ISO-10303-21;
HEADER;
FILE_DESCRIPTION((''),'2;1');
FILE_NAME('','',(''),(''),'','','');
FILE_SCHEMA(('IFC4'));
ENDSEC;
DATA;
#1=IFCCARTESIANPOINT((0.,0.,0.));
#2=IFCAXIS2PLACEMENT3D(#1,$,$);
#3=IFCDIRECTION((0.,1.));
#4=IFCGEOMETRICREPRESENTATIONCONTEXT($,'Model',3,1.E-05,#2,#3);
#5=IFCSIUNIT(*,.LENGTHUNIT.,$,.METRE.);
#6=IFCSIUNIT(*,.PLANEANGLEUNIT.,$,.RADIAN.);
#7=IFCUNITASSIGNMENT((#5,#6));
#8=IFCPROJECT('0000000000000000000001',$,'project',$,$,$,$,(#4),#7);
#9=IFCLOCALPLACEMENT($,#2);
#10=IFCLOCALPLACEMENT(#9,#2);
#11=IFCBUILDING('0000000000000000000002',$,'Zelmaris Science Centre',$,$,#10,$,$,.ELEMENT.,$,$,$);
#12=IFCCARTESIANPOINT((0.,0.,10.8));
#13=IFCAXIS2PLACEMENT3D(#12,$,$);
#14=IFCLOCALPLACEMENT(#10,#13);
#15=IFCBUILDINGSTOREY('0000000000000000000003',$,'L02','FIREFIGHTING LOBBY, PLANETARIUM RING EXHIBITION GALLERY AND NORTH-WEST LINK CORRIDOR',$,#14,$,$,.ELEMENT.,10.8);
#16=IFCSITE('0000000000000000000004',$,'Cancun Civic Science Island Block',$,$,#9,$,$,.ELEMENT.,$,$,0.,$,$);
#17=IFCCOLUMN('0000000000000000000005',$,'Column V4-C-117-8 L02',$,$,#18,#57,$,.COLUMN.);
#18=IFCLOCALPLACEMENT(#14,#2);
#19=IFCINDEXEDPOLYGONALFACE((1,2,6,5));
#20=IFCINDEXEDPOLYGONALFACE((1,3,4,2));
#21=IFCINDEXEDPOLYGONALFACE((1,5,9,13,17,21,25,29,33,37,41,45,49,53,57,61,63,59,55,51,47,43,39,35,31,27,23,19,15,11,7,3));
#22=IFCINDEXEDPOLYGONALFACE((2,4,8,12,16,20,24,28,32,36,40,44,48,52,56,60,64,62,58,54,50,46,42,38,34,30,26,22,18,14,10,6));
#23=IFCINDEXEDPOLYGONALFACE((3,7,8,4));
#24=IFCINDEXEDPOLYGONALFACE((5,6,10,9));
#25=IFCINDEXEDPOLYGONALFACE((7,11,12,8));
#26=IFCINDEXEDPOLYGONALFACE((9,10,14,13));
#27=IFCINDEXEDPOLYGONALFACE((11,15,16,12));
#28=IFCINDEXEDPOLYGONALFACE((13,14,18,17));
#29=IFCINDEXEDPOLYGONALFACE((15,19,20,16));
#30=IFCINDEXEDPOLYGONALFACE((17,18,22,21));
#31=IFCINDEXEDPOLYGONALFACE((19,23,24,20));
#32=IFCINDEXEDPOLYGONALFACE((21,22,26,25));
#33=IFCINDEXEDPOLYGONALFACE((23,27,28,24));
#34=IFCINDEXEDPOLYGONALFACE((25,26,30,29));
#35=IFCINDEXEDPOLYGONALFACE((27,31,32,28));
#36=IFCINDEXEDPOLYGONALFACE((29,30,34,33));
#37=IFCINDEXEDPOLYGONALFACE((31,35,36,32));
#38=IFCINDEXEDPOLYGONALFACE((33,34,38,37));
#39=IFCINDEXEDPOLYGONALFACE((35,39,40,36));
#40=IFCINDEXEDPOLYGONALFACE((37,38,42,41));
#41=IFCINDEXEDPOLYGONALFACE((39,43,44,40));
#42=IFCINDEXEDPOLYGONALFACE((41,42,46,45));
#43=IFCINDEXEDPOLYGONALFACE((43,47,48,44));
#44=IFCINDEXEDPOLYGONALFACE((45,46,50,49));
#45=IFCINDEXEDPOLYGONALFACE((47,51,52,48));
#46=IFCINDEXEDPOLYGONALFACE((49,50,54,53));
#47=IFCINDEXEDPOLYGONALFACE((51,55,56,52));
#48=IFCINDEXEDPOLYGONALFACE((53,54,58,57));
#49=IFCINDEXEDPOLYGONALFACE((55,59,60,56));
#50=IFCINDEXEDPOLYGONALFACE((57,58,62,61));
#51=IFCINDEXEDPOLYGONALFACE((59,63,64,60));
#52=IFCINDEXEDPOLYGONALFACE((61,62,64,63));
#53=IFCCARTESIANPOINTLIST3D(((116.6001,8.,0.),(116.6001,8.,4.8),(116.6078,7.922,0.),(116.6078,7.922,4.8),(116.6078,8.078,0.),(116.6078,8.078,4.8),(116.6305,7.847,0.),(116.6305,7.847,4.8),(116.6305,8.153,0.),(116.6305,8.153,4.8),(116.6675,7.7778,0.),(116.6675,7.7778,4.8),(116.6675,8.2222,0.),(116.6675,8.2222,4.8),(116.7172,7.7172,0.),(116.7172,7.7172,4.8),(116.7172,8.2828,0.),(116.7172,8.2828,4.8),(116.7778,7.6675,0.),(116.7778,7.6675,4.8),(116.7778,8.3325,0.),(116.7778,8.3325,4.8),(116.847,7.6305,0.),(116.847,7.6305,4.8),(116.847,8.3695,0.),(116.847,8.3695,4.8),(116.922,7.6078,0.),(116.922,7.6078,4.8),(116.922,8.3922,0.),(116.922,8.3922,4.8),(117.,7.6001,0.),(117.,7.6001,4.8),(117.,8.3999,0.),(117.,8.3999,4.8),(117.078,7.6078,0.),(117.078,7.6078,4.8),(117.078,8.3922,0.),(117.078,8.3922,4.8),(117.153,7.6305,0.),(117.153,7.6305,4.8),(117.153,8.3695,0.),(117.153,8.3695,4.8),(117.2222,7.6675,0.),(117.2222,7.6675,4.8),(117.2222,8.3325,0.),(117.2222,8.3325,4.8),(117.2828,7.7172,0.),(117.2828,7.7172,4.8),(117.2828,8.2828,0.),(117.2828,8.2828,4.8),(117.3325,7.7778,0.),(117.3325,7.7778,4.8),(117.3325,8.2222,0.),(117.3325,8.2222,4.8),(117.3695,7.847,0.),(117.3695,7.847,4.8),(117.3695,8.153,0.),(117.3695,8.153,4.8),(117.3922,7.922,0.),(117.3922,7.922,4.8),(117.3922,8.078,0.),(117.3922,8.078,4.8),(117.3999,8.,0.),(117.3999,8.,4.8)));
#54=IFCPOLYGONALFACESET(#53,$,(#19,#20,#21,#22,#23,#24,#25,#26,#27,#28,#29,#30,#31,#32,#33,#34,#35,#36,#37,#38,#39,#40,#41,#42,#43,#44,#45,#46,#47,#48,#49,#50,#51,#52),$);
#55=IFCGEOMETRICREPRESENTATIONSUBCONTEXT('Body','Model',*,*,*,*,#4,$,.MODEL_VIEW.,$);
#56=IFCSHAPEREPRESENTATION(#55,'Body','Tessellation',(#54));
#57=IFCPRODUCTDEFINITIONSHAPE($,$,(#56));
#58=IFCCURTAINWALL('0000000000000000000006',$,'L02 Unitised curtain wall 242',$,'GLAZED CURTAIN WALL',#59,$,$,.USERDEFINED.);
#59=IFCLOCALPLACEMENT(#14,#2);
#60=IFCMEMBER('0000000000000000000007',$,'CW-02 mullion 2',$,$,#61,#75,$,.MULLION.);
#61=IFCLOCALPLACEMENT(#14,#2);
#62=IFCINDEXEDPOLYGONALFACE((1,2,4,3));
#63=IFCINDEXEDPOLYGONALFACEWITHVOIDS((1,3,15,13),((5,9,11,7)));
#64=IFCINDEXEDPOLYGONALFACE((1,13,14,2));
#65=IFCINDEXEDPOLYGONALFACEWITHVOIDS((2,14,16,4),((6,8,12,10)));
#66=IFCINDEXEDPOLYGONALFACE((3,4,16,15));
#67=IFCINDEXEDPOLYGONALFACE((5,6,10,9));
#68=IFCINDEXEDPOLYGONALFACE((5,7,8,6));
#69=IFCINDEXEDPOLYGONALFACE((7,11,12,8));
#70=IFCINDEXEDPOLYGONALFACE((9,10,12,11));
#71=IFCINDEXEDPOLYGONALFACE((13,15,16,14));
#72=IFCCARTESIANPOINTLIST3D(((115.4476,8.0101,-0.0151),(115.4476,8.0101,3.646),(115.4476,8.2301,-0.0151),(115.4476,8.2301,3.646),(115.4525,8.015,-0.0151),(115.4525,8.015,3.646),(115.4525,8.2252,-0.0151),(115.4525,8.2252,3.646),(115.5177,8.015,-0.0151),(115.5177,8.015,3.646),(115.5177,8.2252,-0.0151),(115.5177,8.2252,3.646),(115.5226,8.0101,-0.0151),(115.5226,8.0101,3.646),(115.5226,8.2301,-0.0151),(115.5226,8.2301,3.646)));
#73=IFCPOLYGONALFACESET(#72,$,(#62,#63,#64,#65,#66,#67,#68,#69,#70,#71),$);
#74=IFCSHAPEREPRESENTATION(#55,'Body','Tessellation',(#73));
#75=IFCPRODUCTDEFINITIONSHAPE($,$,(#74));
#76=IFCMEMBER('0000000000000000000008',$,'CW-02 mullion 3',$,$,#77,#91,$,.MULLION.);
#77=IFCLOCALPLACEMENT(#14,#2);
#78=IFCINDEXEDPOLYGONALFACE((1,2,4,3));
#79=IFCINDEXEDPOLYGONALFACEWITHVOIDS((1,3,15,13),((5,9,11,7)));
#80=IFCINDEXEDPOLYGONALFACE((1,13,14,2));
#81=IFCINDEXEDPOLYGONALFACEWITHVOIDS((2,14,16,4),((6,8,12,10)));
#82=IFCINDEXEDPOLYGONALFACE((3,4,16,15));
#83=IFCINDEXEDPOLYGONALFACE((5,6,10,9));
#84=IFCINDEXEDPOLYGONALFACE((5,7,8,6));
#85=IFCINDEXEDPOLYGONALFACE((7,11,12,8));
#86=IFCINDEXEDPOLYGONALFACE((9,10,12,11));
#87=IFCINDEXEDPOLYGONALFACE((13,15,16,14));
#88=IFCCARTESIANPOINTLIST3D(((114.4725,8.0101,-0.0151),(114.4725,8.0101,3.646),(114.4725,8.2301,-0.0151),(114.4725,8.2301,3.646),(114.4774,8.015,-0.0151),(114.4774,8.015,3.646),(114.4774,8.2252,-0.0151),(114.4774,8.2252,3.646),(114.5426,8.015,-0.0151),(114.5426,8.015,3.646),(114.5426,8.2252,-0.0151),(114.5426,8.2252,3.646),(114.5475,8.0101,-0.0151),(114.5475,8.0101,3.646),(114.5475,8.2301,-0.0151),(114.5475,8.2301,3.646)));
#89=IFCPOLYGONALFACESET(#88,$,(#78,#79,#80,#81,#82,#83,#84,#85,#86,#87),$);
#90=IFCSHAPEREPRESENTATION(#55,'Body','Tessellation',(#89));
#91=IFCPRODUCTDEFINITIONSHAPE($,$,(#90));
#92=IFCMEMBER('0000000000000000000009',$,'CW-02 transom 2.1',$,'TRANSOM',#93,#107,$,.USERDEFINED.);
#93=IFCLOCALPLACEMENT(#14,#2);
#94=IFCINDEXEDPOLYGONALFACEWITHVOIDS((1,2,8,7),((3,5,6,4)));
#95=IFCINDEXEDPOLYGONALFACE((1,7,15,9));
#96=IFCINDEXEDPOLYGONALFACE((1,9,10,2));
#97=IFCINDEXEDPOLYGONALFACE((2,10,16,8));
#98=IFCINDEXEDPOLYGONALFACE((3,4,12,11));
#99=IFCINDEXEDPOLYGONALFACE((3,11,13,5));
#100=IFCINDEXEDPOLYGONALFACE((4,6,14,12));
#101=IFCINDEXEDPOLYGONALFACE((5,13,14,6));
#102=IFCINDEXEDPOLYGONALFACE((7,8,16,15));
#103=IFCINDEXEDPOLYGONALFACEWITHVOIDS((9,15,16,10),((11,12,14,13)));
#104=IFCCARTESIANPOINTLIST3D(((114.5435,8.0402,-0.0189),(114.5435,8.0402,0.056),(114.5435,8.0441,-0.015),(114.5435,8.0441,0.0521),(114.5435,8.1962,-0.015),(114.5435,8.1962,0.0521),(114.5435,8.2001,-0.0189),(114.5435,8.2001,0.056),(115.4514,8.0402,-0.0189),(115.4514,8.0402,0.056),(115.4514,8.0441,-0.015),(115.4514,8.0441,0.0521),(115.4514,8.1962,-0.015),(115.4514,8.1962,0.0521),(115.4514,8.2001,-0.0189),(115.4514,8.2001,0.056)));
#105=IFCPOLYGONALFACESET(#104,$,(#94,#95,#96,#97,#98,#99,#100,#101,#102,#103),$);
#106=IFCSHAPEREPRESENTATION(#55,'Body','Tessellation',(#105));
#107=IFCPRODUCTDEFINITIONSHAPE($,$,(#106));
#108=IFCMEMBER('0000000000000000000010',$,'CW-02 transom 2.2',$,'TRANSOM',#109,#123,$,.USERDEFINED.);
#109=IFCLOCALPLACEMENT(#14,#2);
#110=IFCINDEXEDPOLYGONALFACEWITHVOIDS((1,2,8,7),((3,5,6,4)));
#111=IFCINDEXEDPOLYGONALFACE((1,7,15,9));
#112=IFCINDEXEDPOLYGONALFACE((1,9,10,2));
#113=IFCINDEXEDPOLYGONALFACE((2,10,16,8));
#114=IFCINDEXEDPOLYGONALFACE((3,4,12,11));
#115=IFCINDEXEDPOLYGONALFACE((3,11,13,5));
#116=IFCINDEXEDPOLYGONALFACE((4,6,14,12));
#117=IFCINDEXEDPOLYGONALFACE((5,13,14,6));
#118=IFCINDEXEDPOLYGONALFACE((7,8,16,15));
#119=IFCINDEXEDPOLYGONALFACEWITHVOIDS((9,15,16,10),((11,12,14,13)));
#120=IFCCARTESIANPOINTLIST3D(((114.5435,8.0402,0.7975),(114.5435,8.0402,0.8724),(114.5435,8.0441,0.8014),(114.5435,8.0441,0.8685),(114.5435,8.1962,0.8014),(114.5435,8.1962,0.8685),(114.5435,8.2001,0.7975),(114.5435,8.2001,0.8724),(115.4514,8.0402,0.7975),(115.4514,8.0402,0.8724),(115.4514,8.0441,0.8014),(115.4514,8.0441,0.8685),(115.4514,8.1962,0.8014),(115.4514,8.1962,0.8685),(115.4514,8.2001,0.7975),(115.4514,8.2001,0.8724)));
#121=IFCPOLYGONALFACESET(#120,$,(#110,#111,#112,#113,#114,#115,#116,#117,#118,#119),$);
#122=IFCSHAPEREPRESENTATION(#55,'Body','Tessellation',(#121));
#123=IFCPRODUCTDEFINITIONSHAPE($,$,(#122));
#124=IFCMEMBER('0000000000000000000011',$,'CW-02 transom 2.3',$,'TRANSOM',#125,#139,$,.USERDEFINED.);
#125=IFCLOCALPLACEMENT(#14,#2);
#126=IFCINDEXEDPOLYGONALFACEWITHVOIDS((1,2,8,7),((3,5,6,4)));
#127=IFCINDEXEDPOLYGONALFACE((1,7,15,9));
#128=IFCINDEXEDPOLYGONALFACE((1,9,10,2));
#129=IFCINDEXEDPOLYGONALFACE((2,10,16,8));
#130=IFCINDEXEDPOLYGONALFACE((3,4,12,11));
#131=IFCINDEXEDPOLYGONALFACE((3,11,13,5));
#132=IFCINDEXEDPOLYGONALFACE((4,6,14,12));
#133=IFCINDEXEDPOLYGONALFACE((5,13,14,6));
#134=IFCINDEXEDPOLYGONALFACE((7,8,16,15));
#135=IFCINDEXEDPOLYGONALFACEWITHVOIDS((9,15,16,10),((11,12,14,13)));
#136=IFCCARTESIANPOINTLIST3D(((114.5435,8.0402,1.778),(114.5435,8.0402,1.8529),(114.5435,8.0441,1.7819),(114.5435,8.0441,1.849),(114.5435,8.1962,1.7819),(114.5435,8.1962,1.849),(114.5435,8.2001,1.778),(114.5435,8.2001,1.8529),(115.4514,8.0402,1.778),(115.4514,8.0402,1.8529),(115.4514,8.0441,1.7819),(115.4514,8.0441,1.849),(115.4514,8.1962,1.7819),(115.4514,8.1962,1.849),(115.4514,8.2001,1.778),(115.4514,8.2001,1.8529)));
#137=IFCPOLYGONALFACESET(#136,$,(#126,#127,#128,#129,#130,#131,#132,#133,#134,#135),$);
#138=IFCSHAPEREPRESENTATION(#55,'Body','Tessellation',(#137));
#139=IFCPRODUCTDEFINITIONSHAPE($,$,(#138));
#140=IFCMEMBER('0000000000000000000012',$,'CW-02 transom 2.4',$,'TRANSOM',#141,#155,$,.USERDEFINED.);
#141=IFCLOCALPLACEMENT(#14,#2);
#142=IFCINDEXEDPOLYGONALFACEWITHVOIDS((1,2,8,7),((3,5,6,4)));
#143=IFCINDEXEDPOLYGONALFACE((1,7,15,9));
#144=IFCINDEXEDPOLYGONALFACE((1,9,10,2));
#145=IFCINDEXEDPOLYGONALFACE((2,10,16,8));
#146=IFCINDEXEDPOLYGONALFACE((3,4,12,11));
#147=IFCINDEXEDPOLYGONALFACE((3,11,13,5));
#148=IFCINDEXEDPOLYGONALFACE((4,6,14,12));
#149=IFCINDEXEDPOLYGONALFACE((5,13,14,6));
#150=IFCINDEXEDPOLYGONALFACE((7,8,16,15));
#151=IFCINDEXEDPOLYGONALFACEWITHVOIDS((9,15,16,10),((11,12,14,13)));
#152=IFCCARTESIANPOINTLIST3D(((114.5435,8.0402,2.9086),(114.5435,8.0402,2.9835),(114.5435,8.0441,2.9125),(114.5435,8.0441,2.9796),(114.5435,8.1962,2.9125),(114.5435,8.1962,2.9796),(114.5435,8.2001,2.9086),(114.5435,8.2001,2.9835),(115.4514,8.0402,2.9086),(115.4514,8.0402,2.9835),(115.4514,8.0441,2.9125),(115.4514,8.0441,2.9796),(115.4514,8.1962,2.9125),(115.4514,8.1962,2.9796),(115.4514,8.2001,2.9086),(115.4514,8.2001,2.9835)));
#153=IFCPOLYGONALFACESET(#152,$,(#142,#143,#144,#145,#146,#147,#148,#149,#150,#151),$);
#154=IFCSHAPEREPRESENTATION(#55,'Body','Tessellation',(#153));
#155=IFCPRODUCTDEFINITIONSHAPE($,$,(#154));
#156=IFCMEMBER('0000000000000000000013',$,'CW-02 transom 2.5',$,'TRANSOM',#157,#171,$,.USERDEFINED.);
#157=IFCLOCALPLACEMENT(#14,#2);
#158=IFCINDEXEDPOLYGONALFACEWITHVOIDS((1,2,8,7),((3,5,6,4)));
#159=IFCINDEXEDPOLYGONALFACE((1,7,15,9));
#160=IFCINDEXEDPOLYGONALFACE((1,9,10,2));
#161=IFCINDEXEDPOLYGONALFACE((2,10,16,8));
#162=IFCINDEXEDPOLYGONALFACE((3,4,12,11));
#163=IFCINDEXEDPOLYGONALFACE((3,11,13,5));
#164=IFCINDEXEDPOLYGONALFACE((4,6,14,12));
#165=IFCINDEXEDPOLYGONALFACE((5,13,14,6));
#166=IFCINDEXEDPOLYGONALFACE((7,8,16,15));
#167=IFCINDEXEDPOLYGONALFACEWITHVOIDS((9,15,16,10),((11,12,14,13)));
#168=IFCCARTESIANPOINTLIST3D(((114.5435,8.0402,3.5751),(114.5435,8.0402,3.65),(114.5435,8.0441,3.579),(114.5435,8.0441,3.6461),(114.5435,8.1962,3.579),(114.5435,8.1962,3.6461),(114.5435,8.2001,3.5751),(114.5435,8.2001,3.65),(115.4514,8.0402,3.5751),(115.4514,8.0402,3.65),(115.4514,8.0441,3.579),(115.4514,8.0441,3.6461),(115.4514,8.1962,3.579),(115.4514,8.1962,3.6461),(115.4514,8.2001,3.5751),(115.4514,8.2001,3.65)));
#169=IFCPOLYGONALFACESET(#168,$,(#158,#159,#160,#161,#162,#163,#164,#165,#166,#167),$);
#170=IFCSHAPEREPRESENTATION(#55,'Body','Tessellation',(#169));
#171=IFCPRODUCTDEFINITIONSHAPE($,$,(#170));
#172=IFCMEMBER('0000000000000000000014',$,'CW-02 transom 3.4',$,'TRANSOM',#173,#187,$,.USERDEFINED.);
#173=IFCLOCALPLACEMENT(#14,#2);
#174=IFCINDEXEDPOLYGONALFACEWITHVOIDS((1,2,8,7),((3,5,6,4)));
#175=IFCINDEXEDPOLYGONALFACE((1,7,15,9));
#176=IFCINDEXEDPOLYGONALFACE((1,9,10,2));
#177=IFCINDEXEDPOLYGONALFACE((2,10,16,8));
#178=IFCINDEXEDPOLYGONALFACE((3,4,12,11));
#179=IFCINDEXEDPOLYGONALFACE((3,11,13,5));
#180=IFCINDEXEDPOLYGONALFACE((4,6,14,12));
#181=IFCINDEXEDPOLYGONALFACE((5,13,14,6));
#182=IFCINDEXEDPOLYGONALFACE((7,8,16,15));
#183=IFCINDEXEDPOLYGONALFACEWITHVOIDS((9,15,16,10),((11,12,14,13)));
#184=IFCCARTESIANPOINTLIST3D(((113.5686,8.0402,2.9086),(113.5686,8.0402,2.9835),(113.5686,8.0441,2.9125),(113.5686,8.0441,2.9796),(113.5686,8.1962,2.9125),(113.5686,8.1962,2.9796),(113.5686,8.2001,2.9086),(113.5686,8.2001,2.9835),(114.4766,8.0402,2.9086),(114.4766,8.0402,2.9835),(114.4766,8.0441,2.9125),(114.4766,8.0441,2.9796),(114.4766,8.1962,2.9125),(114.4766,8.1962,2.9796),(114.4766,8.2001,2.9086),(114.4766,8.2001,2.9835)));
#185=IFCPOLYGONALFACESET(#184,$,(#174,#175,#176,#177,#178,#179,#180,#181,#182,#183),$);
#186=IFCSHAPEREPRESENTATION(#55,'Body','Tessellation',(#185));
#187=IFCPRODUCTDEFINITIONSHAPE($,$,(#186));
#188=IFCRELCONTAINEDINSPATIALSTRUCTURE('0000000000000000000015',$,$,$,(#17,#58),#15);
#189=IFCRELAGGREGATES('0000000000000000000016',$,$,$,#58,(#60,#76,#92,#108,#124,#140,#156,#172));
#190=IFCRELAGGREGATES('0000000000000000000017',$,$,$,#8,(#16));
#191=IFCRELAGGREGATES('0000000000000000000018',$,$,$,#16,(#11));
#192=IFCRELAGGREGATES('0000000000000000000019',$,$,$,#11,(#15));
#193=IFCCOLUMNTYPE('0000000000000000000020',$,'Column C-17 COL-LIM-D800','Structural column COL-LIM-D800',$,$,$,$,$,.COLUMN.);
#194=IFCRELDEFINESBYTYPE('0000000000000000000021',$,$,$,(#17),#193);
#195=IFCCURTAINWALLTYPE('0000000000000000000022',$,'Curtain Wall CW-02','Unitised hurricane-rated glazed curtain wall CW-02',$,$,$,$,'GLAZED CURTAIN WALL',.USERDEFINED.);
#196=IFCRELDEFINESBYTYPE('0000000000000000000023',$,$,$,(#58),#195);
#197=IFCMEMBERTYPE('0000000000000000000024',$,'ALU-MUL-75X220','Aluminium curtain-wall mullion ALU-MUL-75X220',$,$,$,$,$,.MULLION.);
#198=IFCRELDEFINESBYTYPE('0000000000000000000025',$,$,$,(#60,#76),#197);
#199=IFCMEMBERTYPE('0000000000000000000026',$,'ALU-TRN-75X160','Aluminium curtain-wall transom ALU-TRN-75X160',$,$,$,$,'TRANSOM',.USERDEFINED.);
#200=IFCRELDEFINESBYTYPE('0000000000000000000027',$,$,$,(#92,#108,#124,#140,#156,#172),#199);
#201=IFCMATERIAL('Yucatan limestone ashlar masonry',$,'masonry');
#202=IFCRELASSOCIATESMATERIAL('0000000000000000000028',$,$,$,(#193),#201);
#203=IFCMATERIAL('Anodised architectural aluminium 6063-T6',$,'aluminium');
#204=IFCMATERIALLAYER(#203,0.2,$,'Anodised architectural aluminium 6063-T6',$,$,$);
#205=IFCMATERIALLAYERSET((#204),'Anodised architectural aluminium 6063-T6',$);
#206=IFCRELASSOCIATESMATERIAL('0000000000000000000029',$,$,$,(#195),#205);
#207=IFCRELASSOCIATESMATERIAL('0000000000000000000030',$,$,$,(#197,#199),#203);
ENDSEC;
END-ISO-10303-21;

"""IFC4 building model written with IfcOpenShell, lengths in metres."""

from ifc_helpers import new_model, si_unit, direction, frame, origin, origin_2d, place, context, subcontext, project, spatial, hollow_rectangle, circle, extrude, material, layer, layer_set, material_profile, profile_set, type_object, element, aggregate, save


model = new_model("IFC4")

# Units and contexts
model_context = context("Model", 3, precision=1e-05, world=origin(), true_north=direction((0.0, 1.0)))
body_context = subcontext(model_context, "Body", "Model", "MODEL_VIEW")
ifc_project = project(units=[si_unit("LENGTHUNIT", "METRE"), si_unit("PLANEANGLEUNIT", "RADIAN")], contexts=[model_context])

# Site, building, storey
site_placement = place(None, origin())
site = spatial("IfcSite", under=ifc_project, at=site_placement, Name="Cancun Civic Science Island Block", CompositionType="ELEMENT", RefElevation=0.0)
building_placement = place(site_placement, origin())
building = spatial("IfcBuilding", under=site, at=building_placement, Name="Zelmaris Science Centre", CompositionType="ELEMENT")
storey_placement = place(building_placement, frame((0.0, 0.0, 10.8)))
storey = spatial("IfcBuildingStorey", under=building, at=storey_placement, Name="L02", Description="FIREFIGHTING LOBBY, PLANETARIUM RING EXHIBITION GALLERY AND NORTH-WEST LINK CORRIDOR", CompositionType="ELEMENT", Elevation=10.8)

# Column
ifc_material_1 = material(Name="Yucatan limestone ashlar masonry", Category="masonry")
ifc_material_profile_1 = material_profile(ifc_material_1, circle(Radius=0.3999, at=origin_2d()), Name="COL-LIM-D800")
ifc_profile_set_1 = profile_set([ifc_material_profile_1], Name="Yucatan limestone ashlar masonry")
column_type = type_object("IfcColumnType", Name="Column C-17 COL-LIM-D800", Description="Structural column COL-LIM-D800", PredefinedType="COLUMN", material=ifc_profile_set_1)
column_placement = place(storey_placement, frame((117.0, 8.0, 0.0), z_axis=(0.0, 0.0, 1.0), x_axis=(1.0, 0.0, 0.0)))
element("IfcColumn", 1, at=column_placement, inside=storey, type_object=column_type, Name="Column V4-C-117-8 L02", PredefinedType="COLUMN", context=body_context, shape_type="SweptSolid", body=[
    extrude(circle(Radius=0.3999, at=origin_2d()), origin(), (0.0, 0.0, 1.0), 4.8),
])

# Curtain wall, members
ifc_material_2 = material(Name="Anodised architectural aluminium 6063-T6", Category="aluminium")
ifc_layer_1 = layer(ifc_material_2, 0.2, Name="Anodised architectural aluminium 6063-T6")
ifc_layer_set_1 = layer_set([ifc_layer_1], Name="Anodised architectural aluminium 6063-T6")
curtain_wall_type = type_object("IfcCurtainWallType", Name="Curtain Wall CW-02", Description="Unitised hurricane-rated glazed curtain wall CW-02", ElementType="GLAZED CURTAIN WALL", PredefinedType="USERDEFINED", material=ifc_layer_set_1)
curtain_wall_placement = place(storey_placement, origin())
curtain_wall = element("IfcCurtainWall", 2, at=curtain_wall_placement, inside=storey, type_object=curtain_wall_type, Name="L02 Unitised curtain wall 242", ObjectType="GLAZED CURTAIN WALL", PredefinedType="USERDEFINED")
ifc_material_profile_2 = material_profile(ifc_material_2, hollow_rectangle(XDim=0.075, YDim=0.22, WallThickness=0.0049, at=origin_2d()), Name="ALU-MUL-75X220")
ifc_profile_set_2 = profile_set([ifc_material_profile_2], Name="Anodised architectural aluminium 6063-T6")
member_type_1 = type_object("IfcMemberType", Name="ALU-MUL-75X220", Description="Aluminium curtain-wall mullion ALU-MUL-75X220", PredefinedType="MULLION", material=ifc_profile_set_2)
member_1_placement = place(storey_placement, frame((115.4851, 8.1201, -0.0151), z_axis=(0.0, 0.0, 1.0), x_axis=(-1.0, 0.0, 0.0)))
member_1 = element("IfcMember", 3, at=member_1_placement, type_object=member_type_1, Name="CW-02 mullion 2", PredefinedType="MULLION", context=body_context, shape_type="SweptSolid", body=[
    extrude(hollow_rectangle(XDim=0.075, YDim=0.22, WallThickness=0.0049, at=origin_2d()), origin(), (0.0, 0.0, 1.0), 3.6611),
])
member_2_placement = place(storey_placement, frame((114.51, 8.1201, -0.0151), z_axis=(0.0, 0.0, 1.0), x_axis=(-1.0, 0.0, 0.0)))
member_2 = element("IfcMember", 4, at=member_2_placement, type_object=member_type_1, Name="CW-02 mullion 3", PredefinedType="MULLION", context=body_context, shape_type="SweptSolid", body=[
    extrude(hollow_rectangle(XDim=0.075, YDim=0.22, WallThickness=0.0049, at=origin_2d()), origin(), (0.0, 0.0, 1.0), 3.6611),
])
ifc_material_profile_3 = material_profile(ifc_material_2, hollow_rectangle(XDim=0.075, YDim=0.1599, WallThickness=0.0039, at=origin_2d()), Name="ALU-TRN-75X160")
ifc_profile_set_3 = profile_set([ifc_material_profile_3], Name="Anodised architectural aluminium 6063-T6")
member_type_2 = type_object("IfcMemberType", Name="ALU-TRN-75X160", Description="Aluminium curtain-wall transom ALU-TRN-75X160", ElementType="TRANSOM", PredefinedType="USERDEFINED", material=ifc_profile_set_3)
member_3_placement = place(storey_placement, frame((115.4514, 8.1201, 0.0186), z_axis=(-1.0, 0.0, 0.0), x_axis=(0.0, 0.0, 1.0)))
member_3 = element("IfcMember", 5, at=member_3_placement, type_object=member_type_2, Name="CW-02 transom 2.1", ObjectType="TRANSOM", PredefinedType="USERDEFINED", context=body_context, shape_type="SweptSolid", body=[
    extrude(hollow_rectangle(XDim=0.075, YDim=0.1599, WallThickness=0.0039, at=origin_2d()), origin(), (0.0, 0.0, 1.0), 0.908),
])
member_4_placement = place(storey_placement, frame((115.4514, 8.1201, 0.835), z_axis=(-1.0, 0.0, 0.0), x_axis=(0.0, 0.0, 1.0)))
member_4 = element("IfcMember", 6, at=member_4_placement, type_object=member_type_2, Name="CW-02 transom 2.2", ObjectType="TRANSOM", PredefinedType="USERDEFINED", context=body_context, shape_type="SweptSolid", body=[
    extrude(hollow_rectangle(XDim=0.075, YDim=0.1599, WallThickness=0.0039, at=origin_2d()), origin(), (0.0, 0.0, 1.0), 0.908),
])
member_5_placement = place(storey_placement, frame((115.4514, 8.1201, 1.8154), z_axis=(-1.0, 0.0, 0.0), x_axis=(0.0, 0.0, 1.0)))
member_5 = element("IfcMember", 7, at=member_5_placement, type_object=member_type_2, Name="CW-02 transom 2.3", ObjectType="TRANSOM", PredefinedType="USERDEFINED", context=body_context, shape_type="SweptSolid", body=[
    extrude(hollow_rectangle(XDim=0.075, YDim=0.1599, WallThickness=0.0039, at=origin_2d()), origin(), (0.0, 0.0, 1.0), 0.908),
])
member_6_placement = place(storey_placement, frame((115.4514, 8.1201, 2.946), z_axis=(-1.0, 0.0, 0.0), x_axis=(0.0, 0.0, 1.0)))
member_6 = element("IfcMember", 8, at=member_6_placement, type_object=member_type_2, Name="CW-02 transom 2.4", ObjectType="TRANSOM", PredefinedType="USERDEFINED", context=body_context, shape_type="SweptSolid", body=[
    extrude(hollow_rectangle(XDim=0.075, YDim=0.1599, WallThickness=0.0039, at=origin_2d()), origin(), (0.0, 0.0, 1.0), 0.908),
])
member_7_placement = place(storey_placement, frame((115.4514, 8.1201, 3.6125), z_axis=(-1.0, 0.0, 0.0), x_axis=(0.0, 0.0, 1.0)))
member_7 = element("IfcMember", 9, at=member_7_placement, type_object=member_type_2, Name="CW-02 transom 2.5", ObjectType="TRANSOM", PredefinedType="USERDEFINED", context=body_context, shape_type="SweptSolid", body=[
    extrude(hollow_rectangle(XDim=0.075, YDim=0.1599, WallThickness=0.0039, at=origin_2d()), origin(), (0.0, 0.0, 1.0), 0.908),
])
member_8_placement = place(storey_placement, frame((114.4766, 8.1201, 2.946), z_axis=(-1.0, 0.0, 0.0), x_axis=(0.0, 0.0, 1.0)))
member_8 = element("IfcMember", 10, at=member_8_placement, type_object=member_type_2, Name="CW-02 transom 3.4", ObjectType="TRANSOM", PredefinedType="USERDEFINED", context=body_context, shape_type="SweptSolid", body=[
    extrude(hollow_rectangle(XDim=0.075, YDim=0.1599, WallThickness=0.0039, at=origin_2d()), origin(), (0.0, 0.0, 1.0), 0.908),
])

aggregate(curtain_wall, [member_1, member_2, member_3, member_4, member_5, member_6, member_7, member_8])

save(model, "model.ifc")
